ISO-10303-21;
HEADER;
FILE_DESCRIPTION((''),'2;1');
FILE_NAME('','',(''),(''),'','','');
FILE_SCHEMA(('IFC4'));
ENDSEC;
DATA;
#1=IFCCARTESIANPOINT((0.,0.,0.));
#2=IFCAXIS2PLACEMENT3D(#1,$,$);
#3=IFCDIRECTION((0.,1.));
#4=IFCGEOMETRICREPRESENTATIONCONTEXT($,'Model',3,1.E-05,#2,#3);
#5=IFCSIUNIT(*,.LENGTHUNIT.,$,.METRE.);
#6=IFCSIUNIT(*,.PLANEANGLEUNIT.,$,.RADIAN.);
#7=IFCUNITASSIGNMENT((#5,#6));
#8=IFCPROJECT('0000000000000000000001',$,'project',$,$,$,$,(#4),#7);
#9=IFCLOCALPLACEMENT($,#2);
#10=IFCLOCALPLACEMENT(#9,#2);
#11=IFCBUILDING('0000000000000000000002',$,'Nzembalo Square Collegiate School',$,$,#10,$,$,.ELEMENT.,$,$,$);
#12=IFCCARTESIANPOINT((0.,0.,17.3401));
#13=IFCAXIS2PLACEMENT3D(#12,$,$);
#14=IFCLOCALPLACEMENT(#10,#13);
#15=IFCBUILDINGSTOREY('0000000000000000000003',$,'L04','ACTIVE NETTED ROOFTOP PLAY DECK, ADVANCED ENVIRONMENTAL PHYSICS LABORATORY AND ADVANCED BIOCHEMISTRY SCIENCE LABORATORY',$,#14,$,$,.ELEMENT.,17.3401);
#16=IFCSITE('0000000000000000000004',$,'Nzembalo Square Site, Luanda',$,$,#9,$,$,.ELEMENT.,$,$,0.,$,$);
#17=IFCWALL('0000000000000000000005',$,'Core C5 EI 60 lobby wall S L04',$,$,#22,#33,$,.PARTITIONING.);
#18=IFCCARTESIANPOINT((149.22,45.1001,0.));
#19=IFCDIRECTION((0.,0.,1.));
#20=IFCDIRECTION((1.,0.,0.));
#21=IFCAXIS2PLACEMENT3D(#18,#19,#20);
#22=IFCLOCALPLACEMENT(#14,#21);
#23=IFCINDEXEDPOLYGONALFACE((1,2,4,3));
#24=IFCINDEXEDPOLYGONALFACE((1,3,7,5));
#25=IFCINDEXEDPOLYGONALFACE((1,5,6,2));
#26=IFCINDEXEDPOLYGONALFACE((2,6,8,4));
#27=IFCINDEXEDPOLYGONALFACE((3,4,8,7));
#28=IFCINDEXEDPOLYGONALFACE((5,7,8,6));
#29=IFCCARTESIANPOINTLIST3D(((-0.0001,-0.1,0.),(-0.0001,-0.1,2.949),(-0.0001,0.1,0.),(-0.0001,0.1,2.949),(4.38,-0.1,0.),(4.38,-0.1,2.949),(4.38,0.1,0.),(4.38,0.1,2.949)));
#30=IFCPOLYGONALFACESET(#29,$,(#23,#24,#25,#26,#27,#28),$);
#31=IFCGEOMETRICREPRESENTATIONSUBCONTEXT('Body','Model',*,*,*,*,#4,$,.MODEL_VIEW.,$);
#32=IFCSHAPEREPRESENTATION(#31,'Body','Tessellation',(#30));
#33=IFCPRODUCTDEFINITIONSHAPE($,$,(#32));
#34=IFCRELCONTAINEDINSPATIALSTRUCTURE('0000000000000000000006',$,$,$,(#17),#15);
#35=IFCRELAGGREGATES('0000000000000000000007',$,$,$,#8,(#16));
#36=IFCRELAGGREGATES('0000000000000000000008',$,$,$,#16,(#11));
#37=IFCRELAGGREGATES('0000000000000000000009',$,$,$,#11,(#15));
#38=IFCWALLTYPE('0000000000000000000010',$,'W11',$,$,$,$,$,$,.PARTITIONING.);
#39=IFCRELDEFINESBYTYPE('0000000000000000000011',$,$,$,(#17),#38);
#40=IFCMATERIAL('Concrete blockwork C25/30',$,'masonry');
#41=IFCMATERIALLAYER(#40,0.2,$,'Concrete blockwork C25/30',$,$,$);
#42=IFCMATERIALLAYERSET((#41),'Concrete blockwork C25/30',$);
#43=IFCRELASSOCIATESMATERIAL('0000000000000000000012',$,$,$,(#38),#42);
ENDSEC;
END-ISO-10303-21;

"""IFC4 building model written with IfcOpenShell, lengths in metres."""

from ifc_helpers import new_model, si_unit, direction, frame, frame_2d, origin, place, context, subcontext, project, spatial, rectangle, extrude, material, layer, layer_set, type_object, element, save


model = new_model("IFC4")

# Units and contexts
model_context = context("Model", 3, precision=1e-05, world=origin(), true_north=direction((0.0, 1.0)))
body_context = subcontext(model_context, "Body", "Model", "MODEL_VIEW")
ifc_project = project(units=[si_unit("LENGTHUNIT", "METRE"), si_unit("PLANEANGLEUNIT", "RADIAN")], contexts=[model_context])

# Site, building, storey
site_placement = place(None, origin())
site = spatial("IfcSite", under=ifc_project, at=site_placement, Name="Nzembalo Square Site, Luanda", CompositionType="ELEMENT", RefElevation=0.0)
building_placement = place(site_placement, origin())
building = spatial("IfcBuilding", under=site, at=building_placement, Name="Nzembalo Square Collegiate School", CompositionType="ELEMENT")
storey_placement = place(building_placement, frame((0.0, 0.0, 17.3401)))
storey = spatial("IfcBuildingStorey", under=building, at=storey_placement, Name="L04", Description="ACTIVE NETTED ROOFTOP PLAY DECK, ADVANCED ENVIRONMENTAL PHYSICS LABORATORY AND ADVANCED BIOCHEMISTRY SCIENCE LABORATORY", CompositionType="ELEMENT", Elevation=17.3401)

# Wall
ifc_material_1 = material(Name="Concrete blockwork C25/30", Category="masonry")
ifc_layer_1 = layer(ifc_material_1, 0.2, Name="Concrete blockwork C25/30")
ifc_layer_set_1 = layer_set([ifc_layer_1], Name="Concrete blockwork C25/30")
wall_type_1 = type_object("IfcWallType", Name="W11", PredefinedType="PARTITIONING", material=ifc_layer_set_1)
wall_1_placement = place(storey_placement, frame((149.22, 45.1001, 0.0), z_axis=(0.0, 0.0, 1.0), x_axis=(1.0, 0.0, 0.0)))
element("IfcWall", 1, at=wall_1_placement, inside=storey, type_object=wall_type_1, Name="Core C5 EI 60 lobby wall S L04", PredefinedType="PARTITIONING", context=body_context, shape_type="SweptSolid", body=[
    extrude(rectangle(XDim=4.3801, YDim=0.2, at=frame_2d((2.1899, 0.0))), origin(), (0.0, 0.0, 1.0), 2.949),
])

save(model, "model.ifc")
